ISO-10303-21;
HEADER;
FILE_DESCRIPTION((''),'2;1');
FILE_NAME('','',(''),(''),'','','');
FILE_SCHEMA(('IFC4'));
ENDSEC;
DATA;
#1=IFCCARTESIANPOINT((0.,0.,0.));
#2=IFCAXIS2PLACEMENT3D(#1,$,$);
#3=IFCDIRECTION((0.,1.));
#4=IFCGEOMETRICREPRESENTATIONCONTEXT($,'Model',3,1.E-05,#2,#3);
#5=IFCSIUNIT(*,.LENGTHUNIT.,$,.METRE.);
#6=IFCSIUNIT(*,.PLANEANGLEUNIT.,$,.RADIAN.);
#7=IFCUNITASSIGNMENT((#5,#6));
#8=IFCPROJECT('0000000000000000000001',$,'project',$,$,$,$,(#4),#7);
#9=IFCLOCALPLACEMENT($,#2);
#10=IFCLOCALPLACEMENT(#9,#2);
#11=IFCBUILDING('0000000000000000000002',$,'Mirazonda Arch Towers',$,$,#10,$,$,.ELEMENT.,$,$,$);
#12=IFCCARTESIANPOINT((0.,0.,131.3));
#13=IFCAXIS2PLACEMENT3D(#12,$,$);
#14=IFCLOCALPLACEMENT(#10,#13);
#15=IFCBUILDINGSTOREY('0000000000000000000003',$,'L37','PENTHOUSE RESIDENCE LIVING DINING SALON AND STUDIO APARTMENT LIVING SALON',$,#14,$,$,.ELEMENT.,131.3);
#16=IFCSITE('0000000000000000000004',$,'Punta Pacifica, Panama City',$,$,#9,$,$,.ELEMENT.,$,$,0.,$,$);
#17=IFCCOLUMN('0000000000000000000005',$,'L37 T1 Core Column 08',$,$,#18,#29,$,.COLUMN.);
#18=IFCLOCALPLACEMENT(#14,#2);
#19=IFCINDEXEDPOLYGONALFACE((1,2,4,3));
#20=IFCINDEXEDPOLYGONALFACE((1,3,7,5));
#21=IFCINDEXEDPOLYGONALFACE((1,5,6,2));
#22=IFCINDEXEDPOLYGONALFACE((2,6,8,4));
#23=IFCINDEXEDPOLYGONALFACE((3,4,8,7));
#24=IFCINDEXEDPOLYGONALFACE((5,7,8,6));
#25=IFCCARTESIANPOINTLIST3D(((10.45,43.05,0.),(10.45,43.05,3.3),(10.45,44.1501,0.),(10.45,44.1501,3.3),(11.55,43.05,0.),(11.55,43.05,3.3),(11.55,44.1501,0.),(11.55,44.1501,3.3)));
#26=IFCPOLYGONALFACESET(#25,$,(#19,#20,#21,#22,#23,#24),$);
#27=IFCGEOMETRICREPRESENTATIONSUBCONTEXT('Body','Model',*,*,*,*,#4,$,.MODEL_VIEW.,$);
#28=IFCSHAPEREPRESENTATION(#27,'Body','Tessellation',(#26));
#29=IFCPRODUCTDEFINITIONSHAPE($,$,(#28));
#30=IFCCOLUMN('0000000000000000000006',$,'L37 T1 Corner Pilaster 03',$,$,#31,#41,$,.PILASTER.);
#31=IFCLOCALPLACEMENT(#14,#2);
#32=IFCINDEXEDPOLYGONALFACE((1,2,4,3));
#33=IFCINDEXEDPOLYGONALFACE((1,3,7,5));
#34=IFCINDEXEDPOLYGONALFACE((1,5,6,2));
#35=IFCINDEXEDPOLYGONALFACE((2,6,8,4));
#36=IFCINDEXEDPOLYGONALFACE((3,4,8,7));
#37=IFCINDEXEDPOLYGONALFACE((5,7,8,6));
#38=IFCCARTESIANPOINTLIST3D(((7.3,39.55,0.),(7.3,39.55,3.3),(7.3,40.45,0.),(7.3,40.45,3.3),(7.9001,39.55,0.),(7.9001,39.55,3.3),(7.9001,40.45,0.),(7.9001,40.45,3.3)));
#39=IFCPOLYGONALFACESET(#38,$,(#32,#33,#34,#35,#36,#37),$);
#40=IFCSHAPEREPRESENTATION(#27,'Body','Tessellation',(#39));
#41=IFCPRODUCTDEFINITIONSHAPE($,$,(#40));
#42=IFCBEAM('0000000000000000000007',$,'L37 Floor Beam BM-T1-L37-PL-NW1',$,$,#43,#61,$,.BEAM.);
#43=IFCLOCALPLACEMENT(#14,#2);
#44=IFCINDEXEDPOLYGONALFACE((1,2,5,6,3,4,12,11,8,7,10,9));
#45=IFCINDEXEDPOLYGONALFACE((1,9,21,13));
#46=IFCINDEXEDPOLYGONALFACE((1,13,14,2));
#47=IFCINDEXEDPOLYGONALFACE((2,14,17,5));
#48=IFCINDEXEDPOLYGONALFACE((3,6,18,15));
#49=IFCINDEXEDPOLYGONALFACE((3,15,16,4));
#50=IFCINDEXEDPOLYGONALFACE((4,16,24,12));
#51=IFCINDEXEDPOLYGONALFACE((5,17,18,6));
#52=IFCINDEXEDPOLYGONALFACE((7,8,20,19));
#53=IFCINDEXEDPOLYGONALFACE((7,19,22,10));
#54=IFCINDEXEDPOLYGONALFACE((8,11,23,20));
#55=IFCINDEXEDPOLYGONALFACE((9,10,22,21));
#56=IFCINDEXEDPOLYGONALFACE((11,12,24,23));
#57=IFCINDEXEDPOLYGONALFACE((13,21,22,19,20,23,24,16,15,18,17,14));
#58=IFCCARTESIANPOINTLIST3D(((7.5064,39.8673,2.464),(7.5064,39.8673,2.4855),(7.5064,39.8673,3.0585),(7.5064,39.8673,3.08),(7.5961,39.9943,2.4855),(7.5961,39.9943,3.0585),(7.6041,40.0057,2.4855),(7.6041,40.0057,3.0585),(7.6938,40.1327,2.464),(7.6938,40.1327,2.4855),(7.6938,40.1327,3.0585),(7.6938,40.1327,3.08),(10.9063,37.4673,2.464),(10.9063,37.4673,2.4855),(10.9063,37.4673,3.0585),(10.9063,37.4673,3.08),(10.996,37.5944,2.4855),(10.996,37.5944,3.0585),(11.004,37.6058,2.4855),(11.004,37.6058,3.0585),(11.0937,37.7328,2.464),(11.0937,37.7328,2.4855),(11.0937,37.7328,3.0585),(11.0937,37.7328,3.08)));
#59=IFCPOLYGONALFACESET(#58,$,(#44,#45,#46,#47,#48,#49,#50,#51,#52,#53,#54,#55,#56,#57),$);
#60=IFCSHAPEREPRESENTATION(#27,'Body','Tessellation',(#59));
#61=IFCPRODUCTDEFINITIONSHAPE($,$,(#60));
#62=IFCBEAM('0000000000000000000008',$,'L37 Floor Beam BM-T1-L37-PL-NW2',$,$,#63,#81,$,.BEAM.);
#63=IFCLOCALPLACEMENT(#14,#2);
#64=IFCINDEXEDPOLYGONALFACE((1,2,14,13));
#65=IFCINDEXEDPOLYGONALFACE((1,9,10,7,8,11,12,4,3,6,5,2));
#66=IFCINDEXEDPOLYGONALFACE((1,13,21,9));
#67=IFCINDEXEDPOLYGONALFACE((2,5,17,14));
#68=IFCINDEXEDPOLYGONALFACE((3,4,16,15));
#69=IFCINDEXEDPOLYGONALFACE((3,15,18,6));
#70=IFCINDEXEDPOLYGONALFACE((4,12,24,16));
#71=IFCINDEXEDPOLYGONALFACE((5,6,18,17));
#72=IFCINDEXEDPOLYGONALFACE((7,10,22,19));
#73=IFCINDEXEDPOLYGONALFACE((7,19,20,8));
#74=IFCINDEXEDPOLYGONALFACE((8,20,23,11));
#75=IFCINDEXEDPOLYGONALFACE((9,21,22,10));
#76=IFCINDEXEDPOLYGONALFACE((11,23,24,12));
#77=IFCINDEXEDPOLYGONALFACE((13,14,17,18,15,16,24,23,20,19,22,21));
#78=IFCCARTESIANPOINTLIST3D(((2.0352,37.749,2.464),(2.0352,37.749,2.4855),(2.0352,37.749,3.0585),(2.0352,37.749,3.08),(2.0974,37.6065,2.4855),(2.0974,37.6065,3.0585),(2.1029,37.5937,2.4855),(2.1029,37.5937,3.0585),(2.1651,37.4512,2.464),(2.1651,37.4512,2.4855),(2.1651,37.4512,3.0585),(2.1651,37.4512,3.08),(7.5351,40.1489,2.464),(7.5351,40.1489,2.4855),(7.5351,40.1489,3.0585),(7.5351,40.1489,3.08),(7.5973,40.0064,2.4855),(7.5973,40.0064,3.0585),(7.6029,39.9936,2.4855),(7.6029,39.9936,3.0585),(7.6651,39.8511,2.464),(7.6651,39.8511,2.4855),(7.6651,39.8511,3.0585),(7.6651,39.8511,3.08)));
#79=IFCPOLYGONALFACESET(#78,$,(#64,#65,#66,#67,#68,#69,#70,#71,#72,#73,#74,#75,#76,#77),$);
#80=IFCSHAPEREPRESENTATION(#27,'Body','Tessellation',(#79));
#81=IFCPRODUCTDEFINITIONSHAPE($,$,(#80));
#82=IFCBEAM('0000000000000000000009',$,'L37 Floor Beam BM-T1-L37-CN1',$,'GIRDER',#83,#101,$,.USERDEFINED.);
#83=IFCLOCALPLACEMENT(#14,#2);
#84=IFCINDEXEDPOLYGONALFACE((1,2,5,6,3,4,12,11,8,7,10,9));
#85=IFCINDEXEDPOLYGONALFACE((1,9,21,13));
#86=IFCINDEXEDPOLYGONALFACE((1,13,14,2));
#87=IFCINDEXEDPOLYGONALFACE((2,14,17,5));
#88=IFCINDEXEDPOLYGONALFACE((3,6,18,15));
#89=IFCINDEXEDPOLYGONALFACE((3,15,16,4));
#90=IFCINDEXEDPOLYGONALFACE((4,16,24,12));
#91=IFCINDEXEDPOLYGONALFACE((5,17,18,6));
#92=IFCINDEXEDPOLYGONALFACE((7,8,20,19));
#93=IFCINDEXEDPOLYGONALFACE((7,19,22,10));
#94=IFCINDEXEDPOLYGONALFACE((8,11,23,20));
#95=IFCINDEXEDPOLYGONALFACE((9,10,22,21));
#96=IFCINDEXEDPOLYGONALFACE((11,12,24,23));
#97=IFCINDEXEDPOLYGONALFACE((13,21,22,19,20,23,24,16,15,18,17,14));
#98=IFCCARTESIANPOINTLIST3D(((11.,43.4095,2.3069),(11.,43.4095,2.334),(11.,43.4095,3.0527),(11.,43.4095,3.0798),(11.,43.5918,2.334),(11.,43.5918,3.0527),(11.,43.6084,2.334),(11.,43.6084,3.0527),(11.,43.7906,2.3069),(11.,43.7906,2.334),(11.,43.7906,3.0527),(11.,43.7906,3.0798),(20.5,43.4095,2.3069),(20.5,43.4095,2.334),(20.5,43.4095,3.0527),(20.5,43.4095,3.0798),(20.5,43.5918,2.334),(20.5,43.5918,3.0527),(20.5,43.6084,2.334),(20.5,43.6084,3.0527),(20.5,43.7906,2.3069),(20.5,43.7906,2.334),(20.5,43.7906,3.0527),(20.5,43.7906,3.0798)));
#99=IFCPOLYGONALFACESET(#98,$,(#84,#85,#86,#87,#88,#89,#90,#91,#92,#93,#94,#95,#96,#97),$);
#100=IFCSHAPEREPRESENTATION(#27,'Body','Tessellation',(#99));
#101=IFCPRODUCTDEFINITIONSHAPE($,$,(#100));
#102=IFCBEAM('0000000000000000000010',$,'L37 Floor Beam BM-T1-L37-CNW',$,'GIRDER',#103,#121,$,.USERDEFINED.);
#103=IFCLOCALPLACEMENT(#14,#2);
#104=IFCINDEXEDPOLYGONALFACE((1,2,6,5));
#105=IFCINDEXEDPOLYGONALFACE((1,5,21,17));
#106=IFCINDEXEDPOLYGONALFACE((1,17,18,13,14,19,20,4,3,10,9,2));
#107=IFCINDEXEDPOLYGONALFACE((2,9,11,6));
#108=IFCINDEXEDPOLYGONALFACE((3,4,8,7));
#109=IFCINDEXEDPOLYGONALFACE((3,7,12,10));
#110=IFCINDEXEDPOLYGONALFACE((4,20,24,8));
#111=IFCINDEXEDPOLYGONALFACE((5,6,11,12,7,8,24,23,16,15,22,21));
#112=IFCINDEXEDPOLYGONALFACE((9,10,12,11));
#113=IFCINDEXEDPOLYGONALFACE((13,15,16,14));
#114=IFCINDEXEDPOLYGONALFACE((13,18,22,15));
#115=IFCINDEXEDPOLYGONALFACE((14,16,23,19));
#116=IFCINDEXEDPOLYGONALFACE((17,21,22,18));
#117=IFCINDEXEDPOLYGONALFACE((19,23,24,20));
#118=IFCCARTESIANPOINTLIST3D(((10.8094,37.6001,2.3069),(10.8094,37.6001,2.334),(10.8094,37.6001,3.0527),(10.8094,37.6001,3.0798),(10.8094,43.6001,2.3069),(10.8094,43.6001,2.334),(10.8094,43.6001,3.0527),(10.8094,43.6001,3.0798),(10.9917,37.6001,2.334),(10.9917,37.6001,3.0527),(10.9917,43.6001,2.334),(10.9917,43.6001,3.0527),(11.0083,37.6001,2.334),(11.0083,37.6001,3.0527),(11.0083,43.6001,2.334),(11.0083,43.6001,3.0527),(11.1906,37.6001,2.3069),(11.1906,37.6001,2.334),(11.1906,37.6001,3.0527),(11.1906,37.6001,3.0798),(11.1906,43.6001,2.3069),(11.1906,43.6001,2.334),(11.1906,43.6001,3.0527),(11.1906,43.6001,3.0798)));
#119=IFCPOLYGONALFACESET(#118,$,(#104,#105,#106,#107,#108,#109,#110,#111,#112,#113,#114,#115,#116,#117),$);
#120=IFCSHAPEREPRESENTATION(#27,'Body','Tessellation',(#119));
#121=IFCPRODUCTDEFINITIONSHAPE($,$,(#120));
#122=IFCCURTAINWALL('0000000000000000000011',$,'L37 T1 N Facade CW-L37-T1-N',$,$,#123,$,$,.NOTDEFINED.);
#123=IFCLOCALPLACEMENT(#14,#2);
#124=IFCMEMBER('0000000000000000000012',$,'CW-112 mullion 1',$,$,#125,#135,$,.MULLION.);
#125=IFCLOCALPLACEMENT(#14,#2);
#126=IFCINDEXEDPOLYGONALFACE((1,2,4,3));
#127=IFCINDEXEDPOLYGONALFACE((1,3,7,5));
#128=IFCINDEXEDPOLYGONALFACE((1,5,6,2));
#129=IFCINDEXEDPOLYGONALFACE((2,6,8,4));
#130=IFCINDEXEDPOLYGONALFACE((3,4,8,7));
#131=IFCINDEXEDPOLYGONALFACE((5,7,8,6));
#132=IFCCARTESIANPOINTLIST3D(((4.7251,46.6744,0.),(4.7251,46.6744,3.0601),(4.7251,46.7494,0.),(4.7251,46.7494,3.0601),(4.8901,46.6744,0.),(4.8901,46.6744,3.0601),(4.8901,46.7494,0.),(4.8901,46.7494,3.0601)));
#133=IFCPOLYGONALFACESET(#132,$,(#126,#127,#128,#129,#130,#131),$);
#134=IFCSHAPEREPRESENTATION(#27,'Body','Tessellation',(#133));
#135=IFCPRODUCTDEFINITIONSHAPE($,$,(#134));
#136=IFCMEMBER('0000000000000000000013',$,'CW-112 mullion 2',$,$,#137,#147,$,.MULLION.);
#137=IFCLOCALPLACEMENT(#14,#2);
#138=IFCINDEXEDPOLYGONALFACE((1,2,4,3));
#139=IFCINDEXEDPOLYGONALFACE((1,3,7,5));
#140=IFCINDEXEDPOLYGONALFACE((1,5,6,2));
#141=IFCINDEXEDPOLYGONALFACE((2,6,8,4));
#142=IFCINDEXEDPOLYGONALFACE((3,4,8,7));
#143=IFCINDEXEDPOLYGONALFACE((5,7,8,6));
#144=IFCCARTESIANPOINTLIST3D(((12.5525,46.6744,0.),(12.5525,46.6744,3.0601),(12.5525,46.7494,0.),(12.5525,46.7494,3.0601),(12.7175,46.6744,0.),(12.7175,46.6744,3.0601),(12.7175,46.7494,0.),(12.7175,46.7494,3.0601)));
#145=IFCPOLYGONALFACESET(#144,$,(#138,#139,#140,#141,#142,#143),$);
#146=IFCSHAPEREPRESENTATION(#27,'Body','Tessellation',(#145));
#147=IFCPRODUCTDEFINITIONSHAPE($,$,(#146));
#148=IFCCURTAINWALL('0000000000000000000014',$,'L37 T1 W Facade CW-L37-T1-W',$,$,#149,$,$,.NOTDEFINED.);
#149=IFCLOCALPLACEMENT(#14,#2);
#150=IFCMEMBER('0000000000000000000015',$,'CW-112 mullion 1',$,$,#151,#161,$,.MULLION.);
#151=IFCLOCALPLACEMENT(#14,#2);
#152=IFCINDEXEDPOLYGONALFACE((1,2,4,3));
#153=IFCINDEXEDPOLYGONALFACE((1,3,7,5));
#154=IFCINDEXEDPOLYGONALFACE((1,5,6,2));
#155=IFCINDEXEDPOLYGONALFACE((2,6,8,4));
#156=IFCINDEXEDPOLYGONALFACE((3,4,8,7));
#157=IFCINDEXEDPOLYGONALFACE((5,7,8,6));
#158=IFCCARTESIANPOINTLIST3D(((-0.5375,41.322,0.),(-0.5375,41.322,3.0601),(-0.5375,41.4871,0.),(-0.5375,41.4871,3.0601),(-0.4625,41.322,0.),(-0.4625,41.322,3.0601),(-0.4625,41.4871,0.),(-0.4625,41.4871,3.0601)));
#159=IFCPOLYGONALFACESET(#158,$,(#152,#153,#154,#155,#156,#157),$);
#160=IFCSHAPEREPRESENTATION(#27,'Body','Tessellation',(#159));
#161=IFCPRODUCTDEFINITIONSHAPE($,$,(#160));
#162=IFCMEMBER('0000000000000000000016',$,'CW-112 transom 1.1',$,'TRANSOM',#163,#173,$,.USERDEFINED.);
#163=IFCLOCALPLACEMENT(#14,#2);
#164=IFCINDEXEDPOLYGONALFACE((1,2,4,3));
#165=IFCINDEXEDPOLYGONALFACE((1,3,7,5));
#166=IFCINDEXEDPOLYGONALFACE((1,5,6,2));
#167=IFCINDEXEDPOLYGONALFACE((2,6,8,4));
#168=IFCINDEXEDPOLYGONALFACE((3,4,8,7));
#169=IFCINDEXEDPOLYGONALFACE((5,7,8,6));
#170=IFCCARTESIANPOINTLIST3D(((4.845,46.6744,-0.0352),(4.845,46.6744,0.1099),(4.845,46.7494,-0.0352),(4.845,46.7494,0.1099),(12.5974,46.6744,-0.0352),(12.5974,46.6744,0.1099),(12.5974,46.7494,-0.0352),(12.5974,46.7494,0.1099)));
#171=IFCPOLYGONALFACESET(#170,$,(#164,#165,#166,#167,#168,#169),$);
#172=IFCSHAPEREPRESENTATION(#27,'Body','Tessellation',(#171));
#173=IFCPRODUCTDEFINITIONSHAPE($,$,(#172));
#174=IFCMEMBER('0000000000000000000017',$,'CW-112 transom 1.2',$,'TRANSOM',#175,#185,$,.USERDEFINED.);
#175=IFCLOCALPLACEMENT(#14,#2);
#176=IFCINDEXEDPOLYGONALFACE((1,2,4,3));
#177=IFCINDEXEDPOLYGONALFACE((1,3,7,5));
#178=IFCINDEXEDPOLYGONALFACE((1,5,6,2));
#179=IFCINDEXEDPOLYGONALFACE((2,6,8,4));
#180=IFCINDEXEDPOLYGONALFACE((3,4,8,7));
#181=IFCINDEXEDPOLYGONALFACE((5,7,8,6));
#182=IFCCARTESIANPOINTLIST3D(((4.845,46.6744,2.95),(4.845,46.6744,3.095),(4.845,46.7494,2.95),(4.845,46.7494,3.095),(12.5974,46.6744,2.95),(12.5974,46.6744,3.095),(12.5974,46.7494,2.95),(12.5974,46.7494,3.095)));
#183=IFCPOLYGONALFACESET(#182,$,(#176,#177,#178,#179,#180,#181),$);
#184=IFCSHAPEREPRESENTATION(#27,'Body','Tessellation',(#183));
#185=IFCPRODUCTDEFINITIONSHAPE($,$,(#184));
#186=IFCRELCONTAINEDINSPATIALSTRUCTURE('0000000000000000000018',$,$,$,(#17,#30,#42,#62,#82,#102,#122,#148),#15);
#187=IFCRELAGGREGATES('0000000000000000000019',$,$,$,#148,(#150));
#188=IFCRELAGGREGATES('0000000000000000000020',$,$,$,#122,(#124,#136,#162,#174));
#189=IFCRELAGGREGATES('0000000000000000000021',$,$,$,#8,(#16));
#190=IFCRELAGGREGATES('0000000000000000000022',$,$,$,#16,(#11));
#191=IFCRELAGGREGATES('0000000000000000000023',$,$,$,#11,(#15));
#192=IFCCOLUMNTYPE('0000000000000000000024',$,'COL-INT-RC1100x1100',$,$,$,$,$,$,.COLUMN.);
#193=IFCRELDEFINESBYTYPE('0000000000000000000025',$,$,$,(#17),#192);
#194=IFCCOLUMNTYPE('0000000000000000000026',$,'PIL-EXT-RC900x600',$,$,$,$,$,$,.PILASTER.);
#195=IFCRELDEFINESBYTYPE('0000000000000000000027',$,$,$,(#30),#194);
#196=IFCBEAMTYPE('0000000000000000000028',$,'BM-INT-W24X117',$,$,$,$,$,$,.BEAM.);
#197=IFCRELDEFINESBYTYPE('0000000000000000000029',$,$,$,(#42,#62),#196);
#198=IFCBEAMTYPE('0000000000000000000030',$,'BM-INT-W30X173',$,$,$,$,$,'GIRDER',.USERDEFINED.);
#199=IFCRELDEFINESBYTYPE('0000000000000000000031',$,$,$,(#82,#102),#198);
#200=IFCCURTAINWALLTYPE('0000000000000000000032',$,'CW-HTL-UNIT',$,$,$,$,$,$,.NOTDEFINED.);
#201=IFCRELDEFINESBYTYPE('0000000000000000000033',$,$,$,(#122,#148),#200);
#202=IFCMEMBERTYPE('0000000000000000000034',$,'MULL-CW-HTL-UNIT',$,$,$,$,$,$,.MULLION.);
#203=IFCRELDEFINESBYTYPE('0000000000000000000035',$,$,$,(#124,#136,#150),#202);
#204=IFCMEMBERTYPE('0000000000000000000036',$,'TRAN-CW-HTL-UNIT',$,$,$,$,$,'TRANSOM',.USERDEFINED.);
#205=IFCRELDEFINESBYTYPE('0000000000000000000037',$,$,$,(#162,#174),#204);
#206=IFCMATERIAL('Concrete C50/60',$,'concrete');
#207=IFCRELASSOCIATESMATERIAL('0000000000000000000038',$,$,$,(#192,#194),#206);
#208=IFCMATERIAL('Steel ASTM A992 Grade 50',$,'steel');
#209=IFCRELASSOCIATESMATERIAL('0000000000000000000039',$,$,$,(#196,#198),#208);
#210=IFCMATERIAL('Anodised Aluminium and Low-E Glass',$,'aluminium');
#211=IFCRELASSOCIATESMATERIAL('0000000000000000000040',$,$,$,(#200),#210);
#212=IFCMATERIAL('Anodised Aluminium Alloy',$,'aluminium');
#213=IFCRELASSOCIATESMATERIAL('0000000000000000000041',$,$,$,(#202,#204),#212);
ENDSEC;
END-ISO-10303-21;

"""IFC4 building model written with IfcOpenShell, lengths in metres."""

from ifc_helpers import new_model, si_unit, direction, frame, origin, origin_2d, place, context, subcontext, project, spatial, rectangle, i_section, extrude, material, material_profile, profile_set, type_object, element, aggregate, save


model = new_model("IFC4")

# Units and contexts
model_context = context("Model", 3, precision=1e-05, world=origin(), true_north=direction((0.0, 1.0)))
body_context = subcontext(model_context, "Body", "Model", "MODEL_VIEW")
ifc_project = project(units=[si_unit("LENGTHUNIT", "METRE"), si_unit("PLANEANGLEUNIT", "RADIAN")], contexts=[model_context])

# Site, building, storey
site_placement = place(None, origin())
site = spatial("IfcSite", under=ifc_project, at=site_placement, Name="Punta Pacifica, Panama City", CompositionType="ELEMENT", RefElevation=0.0)
building_placement = place(site_placement, origin())
building = spatial("IfcBuilding", under=site, at=building_placement, Name="Mirazonda Arch Towers", CompositionType="ELEMENT")
storey_placement = place(building_placement, frame((0.0, 0.0, 131.3)))
storey = spatial("IfcBuildingStorey", under=building, at=storey_placement, Name="L37", Description="PENTHOUSE RESIDENCE LIVING DINING SALON AND STUDIO APARTMENT LIVING SALON", CompositionType="ELEMENT", Elevation=131.3)

# Columns
ifc_material_1 = material(Name="Concrete C50/60", Category="concrete")
ifc_material_profile_1 = material_profile(ifc_material_1, rectangle(XDim=1.1001, YDim=1.1001, at=origin_2d()), Name="RC1100x1100")
ifc_profile_set_1 = profile_set([ifc_material_profile_1], Name="Concrete C50/60")
column_type_1 = type_object("IfcColumnType", Name="COL-INT-RC1100x1100", PredefinedType="COLUMN", material=ifc_profile_set_1)
column_1_placement = place(storey_placement, frame((11.0, 43.6001, 0.0), z_axis=(0.0, 0.0, 1.0), x_axis=(1.0, 0.0, 0.0)))
element("IfcColumn", 1, at=column_1_placement, inside=storey, type_object=column_type_1, Name="L37 T1 Core Column 08", PredefinedType="COLUMN", context=body_context, shape_type="SweptSolid", body=[
    extrude(rectangle(XDim=1.1001, YDim=1.1001, at=origin_2d()), origin(), (0.0, 0.0, 1.0), 3.3),
])
ifc_material_profile_2 = material_profile(ifc_material_1, rectangle(XDim=0.6001, YDim=0.8999, at=origin_2d()), Name="RC900x600")
ifc_profile_set_2 = profile_set([ifc_material_profile_2], Name="Concrete C50/60")
column_type_2 = type_object("IfcColumnType", Name="PIL-EXT-RC900x600", PredefinedType="PILASTER", material=ifc_profile_set_2)
column_2_placement = place(storey_placement, frame((7.6001, 40.0, 0.0), z_axis=(0.0, 0.0, 1.0), x_axis=(1.0, 0.0, 0.0)))
element("IfcColumn", 2, at=column_2_placement, inside=storey, type_object=column_type_2, Name="L37 T1 Corner Pilaster 03", PredefinedType="PILASTER", context=body_context, shape_type="SweptSolid", body=[
    extrude(rectangle(XDim=0.6001, YDim=0.8999, at=origin_2d()), origin(), (0.0, 0.0, 1.0), 3.3),
])

# Beams
ifc_material_2 = material(Name="Steel ASTM A992 Grade 50", Category="steel")
ifc_material_profile_3 = material_profile(ifc_material_2, i_section(OverallWidth=0.325, OverallDepth=0.616, WebThickness=0.0139, FlangeThickness=0.0215, at=origin_2d()), Name="W24X117")
ifc_profile_set_3 = profile_set([ifc_material_profile_3], Name="Steel ASTM A992 Grade 50")
beam_type_1 = type_object("IfcBeamType", Name="BM-INT-W24X117", PredefinedType="BEAM", material=ifc_profile_set_3)
beam_1_placement = place(storey_placement, frame((7.6001, 40.0, 2.772), z_axis=(0.816971, -0.576679, 0.0), x_axis=(0.576679, 0.816971, 0.0)))
element("IfcBeam", 3, at=beam_1_placement, inside=storey, type_object=beam_type_1, Name="L37 Floor Beam BM-T1-L37-PL-NW1", PredefinedType="BEAM", context=body_context, shape_type="SweptSolid", body=[
    extrude(i_section(OverallWidth=0.325, OverallDepth=0.616, WebThickness=0.0139, FlangeThickness=0.0215, at=origin_2d()), origin(), (0.0, 0.0, 1.0), 4.1616),
])
beam_2_placement = place(storey_placement, frame((7.6001, 40.0, 2.772), z_axis=(-0.916545, -0.399931, 0.0), x_axis=(0.399931, -0.916545, 0.0)))
element("IfcBeam", 4, at=beam_2_placement, inside=storey, type_object=beam_type_1, Name="L37 Floor Beam BM-T1-L37-PL-NW2", PredefinedType="BEAM", context=body_context, shape_type="SweptSolid", body=[
    extrude(i_section(OverallWidth=0.325, OverallDepth=0.616, WebThickness=0.0139, FlangeThickness=0.0215, at=origin_2d()), origin(), (0.0, 0.0, 1.0), 6.0007),
])
ifc_material_profile_4 = material_profile(ifc_material_2, i_section(OverallWidth=0.3811, OverallDepth=0.7729, WebThickness=0.0166, FlangeThickness=0.0271, at=origin_2d()), Name="W30X173")
ifc_profile_set_4 = profile_set([ifc_material_profile_4], Name="Steel ASTM A992 Grade 50")
beam_type_2 = type_object("IfcBeamType", Name="BM-INT-W30X173", ElementType="GIRDER", PredefinedType="USERDEFINED", material=ifc_profile_set_4)
beam_3_placement = place(storey_placement, frame((11.0, 43.6001, 2.6934), z_axis=(1.0, 0.0, 0.0), x_axis=(0.0, 1.0, 0.0)))
element("IfcBeam", 5, at=beam_3_placement, inside=storey, type_object=beam_type_2, Name="L37 Floor Beam BM-T1-L37-CN1", ObjectType="GIRDER", PredefinedType="USERDEFINED", context=body_context, shape_type="SweptSolid", body=[
    extrude(i_section(OverallWidth=0.3811, OverallDepth=0.7729, WebThickness=0.0166, FlangeThickness=0.0271, at=origin_2d()), origin(), (0.0, 0.0, 1.0), 9.5),
])
beam_4_placement = place(storey_placement, frame((11.0, 37.6001, 2.6934), z_axis=(0.0, 1.0, 0.0), x_axis=(-1.0, 0.0, 0.0)))
element("IfcBeam", 6, at=beam_4_placement, inside=storey, type_object=beam_type_2, Name="L37 Floor Beam BM-T1-L37-CNW", ObjectType="GIRDER", PredefinedType="USERDEFINED", context=body_context, shape_type="SweptSolid", body=[
    extrude(i_section(OverallWidth=0.3811, OverallDepth=0.7729, WebThickness=0.0166, FlangeThickness=0.0271, at=origin_2d()), origin(), (0.0, 0.0, 1.0), 6.0),
])

# Curtain wall, members
ifc_material_3 = material(Name="Anodised Aluminium and Low-E Glass", Category="aluminium")
curtain_wall_type = type_object("IfcCurtainWallType", Name="CW-HTL-UNIT", PredefinedType="NOTDEFINED", material=ifc_material_3)
curtain_wall_1_placement = place(storey_placement, origin())
curtain_wall_1 = element("IfcCurtainWall", 7, at=curtain_wall_1_placement, inside=storey, type_object=curtain_wall_type, Name="L37 T1 N Facade CW-L37-T1-N", PredefinedType="NOTDEFINED")
ifc_material_4 = material(Name="Anodised Aluminium Alloy", Category="aluminium")
ifc_material_profile_5 = material_profile(ifc_material_4, rectangle(XDim=0.075, YDim=0.165, at=origin_2d()), Name="ALU-MULL-75x165")
ifc_profile_set_5 = profile_set([ifc_material_profile_5], Name="Anodised Aluminium Alloy")
member_type_1 = type_object("IfcMemberType", Name="MULL-CW-HTL-UNIT", PredefinedType="MULLION", material=ifc_profile_set_5)
member_1_placement = place(storey_placement, frame((4.8076, 46.7119, 0.0), z_axis=(0.0, 0.0, 1.0), x_axis=(0.0, 1.0, 0.0)))
member_1 = element("IfcMember", 8, at=member_1_placement, type_object=member_type_1, Name="CW-112 mullion 1", PredefinedType="MULLION", context=body_context, shape_type="SweptSolid", body=[
    extrude(rectangle(XDim=0.075, YDim=0.165, at=origin_2d()), origin(), (0.0, 0.0, 1.0), 3.0601),
])
member_2_placement = place(storey_placement, frame((12.635, 46.7119, 0.0), z_axis=(0.0, 0.0, 1.0), x_axis=(0.0, 1.0, 0.0)))
member_2 = element("IfcMember", 9, at=member_2_placement, type_object=member_type_1, Name="CW-112 mullion 2", PredefinedType="MULLION", context=body_context, shape_type="SweptSolid", body=[
    extrude(rectangle(XDim=0.075, YDim=0.165, at=origin_2d()), origin(), (0.0, 0.0, 1.0), 3.0601),
])

# Curtain wall, member
curtain_wall_2_placement = place(storey_placement, origin())
curtain_wall_2 = element("IfcCurtainWall", 10, at=curtain_wall_2_placement, inside=storey, type_object=curtain_wall_type, Name="L37 T1 W Facade CW-L37-T1-W", PredefinedType="NOTDEFINED")
member_3_placement = place(storey_placement, frame((-0.5, 41.4045, 0.0), z_axis=(0.0, 0.0, 1.0), x_axis=(1.0, 0.0, 0.0)))
member_3 = element("IfcMember", 11, at=member_3_placement, type_object=member_type_1, Name="CW-112 mullion 1", PredefinedType="MULLION", context=body_context, shape_type="SweptSolid", body=[
    extrude(rectangle(XDim=0.075, YDim=0.165, at=origin_2d()), origin(), (0.0, 0.0, 1.0), 3.0601),
])

# Members
ifc_material_profile_6 = material_profile(ifc_material_4, rectangle(XDim=0.075, YDim=0.145, at=origin_2d()), Name="ALU-TRAN-75x145")
ifc_profile_set_6 = profile_set([ifc_material_profile_6], Name="Anodised Aluminium Alloy")
member_type_2 = type_object("IfcMemberType", Name="TRAN-CW-HTL-UNIT", ElementType="TRANSOM", PredefinedType="USERDEFINED", material=ifc_profile_set_6)
member_4_placement = place(storey_placement, frame((4.845, 46.7119, 0.0374), z_axis=(1.0, 0.0, 0.0), x_axis=(0.0, 1.0, 0.0)))
member_4 = element("IfcMember", 12, at=member_4_placement, type_object=member_type_2, Name="CW-112 transom 1.1", ObjectType="TRANSOM", PredefinedType="USERDEFINED", context=body_context, shape_type="SweptSolid", body=[
    extrude(rectangle(XDim=0.075, YDim=0.145, at=origin_2d()), origin(), (0.0, 0.0, 1.0), 7.7524),
])
member_5_placement = place(storey_placement, frame((4.845, 46.7119, 3.0225), z_axis=(1.0, 0.0, 0.0), x_axis=(0.0, 1.0, 0.0)))
member_5 = element("IfcMember", 13, at=member_5_placement, type_object=member_type_2, Name="CW-112 transom 1.2", ObjectType="TRANSOM", PredefinedType="USERDEFINED", context=body_context, shape_type="SweptSolid", body=[
    extrude(rectangle(XDim=0.075, YDim=0.145, at=origin_2d()), origin(), (0.0, 0.0, 1.0), 7.7524),
])
aggregate(curtain_wall_2, [member_3])

aggregate(curtain_wall_1, [member_1, member_2, member_4, member_5])

save(model, "model.ifc")
